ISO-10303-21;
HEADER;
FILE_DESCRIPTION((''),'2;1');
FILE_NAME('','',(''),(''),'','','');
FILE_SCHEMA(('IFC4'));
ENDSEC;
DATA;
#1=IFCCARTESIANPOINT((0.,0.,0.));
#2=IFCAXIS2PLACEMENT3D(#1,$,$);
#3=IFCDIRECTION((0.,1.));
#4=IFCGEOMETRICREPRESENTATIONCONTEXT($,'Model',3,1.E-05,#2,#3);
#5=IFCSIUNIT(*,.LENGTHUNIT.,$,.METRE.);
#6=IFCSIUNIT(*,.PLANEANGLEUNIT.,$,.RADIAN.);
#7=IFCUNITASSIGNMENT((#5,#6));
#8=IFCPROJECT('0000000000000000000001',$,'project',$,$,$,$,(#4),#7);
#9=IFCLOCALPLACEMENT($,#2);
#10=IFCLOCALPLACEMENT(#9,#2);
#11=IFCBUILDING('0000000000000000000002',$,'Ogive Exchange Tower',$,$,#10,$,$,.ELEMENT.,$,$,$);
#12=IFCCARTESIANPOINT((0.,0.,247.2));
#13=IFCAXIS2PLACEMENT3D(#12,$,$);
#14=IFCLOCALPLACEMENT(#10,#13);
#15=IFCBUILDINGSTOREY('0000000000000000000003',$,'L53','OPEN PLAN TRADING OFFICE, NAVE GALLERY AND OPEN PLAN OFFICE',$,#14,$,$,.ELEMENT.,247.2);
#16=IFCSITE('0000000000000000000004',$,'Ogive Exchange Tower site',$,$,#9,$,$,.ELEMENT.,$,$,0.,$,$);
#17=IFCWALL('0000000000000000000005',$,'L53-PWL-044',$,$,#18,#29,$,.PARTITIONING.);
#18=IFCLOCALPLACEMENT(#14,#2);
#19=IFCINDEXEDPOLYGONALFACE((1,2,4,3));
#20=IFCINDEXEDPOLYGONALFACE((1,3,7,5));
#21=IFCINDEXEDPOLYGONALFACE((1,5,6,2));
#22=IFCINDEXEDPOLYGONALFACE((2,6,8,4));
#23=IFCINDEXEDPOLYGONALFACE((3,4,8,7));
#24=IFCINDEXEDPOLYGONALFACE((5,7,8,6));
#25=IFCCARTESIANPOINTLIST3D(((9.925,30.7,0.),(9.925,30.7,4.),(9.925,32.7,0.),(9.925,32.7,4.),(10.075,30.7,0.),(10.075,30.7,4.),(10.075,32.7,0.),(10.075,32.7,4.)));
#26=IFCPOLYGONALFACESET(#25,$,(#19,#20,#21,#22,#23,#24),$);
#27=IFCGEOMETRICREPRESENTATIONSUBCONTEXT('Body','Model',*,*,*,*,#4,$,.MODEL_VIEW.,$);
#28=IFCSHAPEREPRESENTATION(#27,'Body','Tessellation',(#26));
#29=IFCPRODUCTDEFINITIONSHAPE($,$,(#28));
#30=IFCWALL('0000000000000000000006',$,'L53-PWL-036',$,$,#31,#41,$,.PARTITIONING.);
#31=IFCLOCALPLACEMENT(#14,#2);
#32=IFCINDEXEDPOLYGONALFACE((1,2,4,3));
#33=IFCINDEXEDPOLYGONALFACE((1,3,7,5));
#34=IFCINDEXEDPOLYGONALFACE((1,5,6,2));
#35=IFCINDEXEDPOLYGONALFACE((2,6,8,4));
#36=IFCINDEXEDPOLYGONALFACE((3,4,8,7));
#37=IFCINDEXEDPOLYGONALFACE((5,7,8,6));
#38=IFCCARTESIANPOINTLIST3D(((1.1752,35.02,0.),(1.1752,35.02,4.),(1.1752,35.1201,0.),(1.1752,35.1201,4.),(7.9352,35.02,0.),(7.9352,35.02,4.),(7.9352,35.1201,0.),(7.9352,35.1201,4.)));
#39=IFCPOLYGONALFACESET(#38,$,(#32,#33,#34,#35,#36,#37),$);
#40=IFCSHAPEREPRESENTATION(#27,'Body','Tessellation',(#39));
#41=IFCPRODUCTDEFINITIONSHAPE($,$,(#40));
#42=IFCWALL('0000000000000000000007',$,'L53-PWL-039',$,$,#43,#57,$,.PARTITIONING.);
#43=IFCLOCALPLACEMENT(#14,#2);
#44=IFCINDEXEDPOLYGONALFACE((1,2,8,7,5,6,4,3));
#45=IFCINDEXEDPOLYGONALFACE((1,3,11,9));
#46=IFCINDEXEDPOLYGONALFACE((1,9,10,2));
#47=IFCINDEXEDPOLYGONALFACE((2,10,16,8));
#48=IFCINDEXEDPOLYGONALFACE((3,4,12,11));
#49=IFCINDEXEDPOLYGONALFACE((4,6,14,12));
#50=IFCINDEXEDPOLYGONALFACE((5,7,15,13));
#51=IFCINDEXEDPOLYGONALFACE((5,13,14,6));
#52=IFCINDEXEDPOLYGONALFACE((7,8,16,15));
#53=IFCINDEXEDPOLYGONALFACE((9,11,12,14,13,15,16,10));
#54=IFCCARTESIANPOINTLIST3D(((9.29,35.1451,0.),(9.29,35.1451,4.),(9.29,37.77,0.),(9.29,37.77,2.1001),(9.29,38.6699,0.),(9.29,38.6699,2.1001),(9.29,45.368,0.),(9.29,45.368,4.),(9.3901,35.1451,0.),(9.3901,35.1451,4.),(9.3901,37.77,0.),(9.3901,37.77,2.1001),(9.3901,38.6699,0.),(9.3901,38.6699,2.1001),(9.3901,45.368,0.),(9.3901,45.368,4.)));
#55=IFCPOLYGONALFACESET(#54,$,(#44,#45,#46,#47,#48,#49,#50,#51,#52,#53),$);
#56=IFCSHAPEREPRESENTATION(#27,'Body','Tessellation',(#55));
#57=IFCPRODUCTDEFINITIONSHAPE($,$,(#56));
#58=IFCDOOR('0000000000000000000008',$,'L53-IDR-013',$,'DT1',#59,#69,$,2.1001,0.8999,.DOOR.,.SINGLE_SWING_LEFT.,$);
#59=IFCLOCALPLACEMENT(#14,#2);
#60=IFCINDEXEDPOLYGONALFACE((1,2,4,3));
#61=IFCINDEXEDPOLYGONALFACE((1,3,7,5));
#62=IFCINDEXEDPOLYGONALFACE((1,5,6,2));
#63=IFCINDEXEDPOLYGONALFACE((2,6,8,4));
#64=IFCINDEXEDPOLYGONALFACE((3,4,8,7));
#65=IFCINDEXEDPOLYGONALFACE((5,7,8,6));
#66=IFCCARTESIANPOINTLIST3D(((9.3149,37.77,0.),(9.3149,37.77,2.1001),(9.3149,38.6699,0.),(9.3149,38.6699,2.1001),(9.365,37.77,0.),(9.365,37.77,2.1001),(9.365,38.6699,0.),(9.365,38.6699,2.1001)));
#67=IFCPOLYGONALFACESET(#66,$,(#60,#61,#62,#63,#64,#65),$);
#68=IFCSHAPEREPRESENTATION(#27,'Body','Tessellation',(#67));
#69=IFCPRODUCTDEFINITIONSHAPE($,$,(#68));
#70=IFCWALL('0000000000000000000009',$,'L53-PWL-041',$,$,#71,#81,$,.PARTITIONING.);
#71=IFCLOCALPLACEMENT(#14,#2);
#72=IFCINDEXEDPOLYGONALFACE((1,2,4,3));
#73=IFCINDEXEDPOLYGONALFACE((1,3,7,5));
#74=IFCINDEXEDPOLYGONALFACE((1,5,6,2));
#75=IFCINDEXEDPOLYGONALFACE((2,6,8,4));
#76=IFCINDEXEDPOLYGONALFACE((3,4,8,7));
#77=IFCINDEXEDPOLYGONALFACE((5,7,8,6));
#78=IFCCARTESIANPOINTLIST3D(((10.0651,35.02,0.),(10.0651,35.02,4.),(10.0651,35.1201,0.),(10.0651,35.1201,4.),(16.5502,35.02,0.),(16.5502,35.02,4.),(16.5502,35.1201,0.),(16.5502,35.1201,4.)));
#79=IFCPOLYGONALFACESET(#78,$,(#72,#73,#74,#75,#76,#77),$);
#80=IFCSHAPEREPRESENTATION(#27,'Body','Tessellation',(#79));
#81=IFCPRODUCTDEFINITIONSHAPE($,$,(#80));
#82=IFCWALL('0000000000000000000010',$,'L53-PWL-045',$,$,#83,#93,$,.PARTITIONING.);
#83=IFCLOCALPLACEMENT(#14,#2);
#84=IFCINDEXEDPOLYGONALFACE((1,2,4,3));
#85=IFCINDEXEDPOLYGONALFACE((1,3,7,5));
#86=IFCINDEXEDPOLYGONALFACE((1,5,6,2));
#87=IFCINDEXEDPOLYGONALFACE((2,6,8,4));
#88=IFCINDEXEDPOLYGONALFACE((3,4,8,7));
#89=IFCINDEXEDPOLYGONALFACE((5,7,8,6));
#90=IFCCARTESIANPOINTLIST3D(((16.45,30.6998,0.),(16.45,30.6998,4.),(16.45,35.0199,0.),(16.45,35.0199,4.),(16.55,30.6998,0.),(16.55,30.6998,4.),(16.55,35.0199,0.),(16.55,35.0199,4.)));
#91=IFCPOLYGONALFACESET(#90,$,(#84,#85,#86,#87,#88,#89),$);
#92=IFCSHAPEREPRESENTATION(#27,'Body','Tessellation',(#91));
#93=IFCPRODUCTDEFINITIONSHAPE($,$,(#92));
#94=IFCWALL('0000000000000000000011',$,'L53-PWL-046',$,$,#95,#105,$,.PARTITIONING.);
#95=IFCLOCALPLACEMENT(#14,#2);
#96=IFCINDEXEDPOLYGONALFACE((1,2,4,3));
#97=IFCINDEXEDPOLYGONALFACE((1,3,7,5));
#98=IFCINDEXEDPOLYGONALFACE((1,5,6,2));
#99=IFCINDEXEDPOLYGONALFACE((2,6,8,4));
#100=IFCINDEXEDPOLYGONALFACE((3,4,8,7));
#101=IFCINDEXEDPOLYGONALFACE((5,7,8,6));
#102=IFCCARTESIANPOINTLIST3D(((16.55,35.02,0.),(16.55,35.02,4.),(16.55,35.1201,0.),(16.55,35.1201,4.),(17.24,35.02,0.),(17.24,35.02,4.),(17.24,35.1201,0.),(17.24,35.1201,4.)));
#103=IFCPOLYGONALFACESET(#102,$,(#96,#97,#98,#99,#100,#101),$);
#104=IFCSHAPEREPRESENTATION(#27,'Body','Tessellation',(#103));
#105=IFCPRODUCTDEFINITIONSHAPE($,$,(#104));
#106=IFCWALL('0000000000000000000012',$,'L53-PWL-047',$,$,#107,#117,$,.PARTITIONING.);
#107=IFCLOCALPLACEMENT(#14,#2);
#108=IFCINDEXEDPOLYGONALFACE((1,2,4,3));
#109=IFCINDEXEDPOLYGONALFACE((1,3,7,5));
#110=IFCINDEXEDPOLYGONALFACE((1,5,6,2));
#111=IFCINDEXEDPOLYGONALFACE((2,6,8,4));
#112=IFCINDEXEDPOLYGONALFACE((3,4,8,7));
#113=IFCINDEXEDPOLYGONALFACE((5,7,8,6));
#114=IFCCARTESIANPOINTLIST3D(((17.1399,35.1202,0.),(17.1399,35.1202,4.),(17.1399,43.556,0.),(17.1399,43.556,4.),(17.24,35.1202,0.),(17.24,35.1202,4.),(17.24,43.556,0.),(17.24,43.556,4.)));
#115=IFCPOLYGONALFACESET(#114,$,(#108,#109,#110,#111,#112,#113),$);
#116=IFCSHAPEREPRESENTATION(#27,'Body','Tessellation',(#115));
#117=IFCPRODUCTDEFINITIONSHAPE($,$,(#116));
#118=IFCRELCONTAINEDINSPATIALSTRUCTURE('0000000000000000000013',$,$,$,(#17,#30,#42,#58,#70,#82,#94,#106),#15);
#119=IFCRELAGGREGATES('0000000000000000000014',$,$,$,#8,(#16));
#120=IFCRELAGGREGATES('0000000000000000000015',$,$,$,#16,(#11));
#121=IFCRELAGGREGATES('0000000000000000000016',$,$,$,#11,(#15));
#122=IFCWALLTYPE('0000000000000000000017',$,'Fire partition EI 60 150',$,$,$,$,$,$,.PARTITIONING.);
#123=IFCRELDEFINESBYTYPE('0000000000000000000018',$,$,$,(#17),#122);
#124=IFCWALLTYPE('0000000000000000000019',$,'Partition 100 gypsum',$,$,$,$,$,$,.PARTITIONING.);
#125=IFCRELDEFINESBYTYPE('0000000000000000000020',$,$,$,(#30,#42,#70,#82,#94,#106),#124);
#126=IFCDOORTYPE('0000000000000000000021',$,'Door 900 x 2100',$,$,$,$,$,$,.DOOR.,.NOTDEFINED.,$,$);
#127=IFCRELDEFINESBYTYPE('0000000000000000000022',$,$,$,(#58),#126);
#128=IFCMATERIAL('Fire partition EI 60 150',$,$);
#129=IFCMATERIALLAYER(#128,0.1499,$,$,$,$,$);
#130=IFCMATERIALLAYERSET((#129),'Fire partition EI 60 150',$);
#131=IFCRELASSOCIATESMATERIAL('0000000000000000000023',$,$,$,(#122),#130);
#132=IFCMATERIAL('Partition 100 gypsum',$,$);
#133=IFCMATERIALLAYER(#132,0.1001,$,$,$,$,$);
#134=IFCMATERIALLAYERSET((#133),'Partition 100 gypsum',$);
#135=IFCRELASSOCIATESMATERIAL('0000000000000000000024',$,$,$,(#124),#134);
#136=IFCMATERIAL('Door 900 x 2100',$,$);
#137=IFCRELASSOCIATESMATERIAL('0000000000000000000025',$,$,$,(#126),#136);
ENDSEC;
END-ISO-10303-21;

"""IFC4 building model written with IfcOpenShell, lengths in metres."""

from ifc_helpers import new_model, si_unit, direction, frame, frame_2d, origin, place, context, subcontext, project, spatial, rectangle, extrude, material, layer, layer_set, type_object, element, fill, save


model = new_model("IFC4")

# Units and contexts
model_context = context("Model", 3, precision=1e-05, world=origin(), true_north=direction((0.0, 1.0)))
body_context = subcontext(model_context, "Body", "Model", "MODEL_VIEW")
ifc_project = project(units=[si_unit("LENGTHUNIT", "METRE"), si_unit("PLANEANGLEUNIT", "RADIAN")], contexts=[model_context])

# Site, building, storey
site_placement = place(None, origin())
site = spatial("IfcSite", under=ifc_project, at=site_placement, Name="Ogive Exchange Tower site", CompositionType="ELEMENT", RefElevation=0.0)
building_placement = place(site_placement, origin())
building = spatial("IfcBuilding", under=site, at=building_placement, Name="Ogive Exchange Tower", CompositionType="ELEMENT")
storey_placement = place(building_placement, frame((0.0, 0.0, 247.2)))
storey = spatial("IfcBuildingStorey", under=building, at=storey_placement, Name="L53", Description="OPEN PLAN TRADING OFFICE, NAVE GALLERY AND OPEN PLAN OFFICE", CompositionType="ELEMENT", Elevation=247.2)

# Shared definitions
ifc_material_1 = material(Name="Fire partition EI 60 150")
ifc_layer_1 = layer(ifc_material_1, 0.1499)
ifc_layer_set_1 = layer_set([ifc_layer_1], Name="Fire partition EI 60 150")
wall_type_1 = type_object("IfcWallType", Name="Fire partition EI 60 150", PredefinedType="PARTITIONING", material=ifc_layer_set_1)

# Walls
wall_1_placement = place(storey_placement, frame((10.0, 32.7, 0.0), z_axis=(0.0, 0.0, 1.0), x_axis=(0.0, -1.0, 0.0)))
element("IfcWall", 1, at=wall_1_placement, inside=storey, type_object=wall_type_1, Name="L53-PWL-044", PredefinedType="PARTITIONING", context=body_context, shape_type="SweptSolid", body=[
    extrude(rectangle(XDim=2.0, YDim=0.1499, at=frame_2d((1.0, 0.0))), origin(), (0.0, 0.0, 1.0), 4.0),
])
ifc_material_2 = material(Name="Partition 100 gypsum")
ifc_layer_2 = layer(ifc_material_2, 0.1001)
ifc_layer_set_2 = layer_set([ifc_layer_2], Name="Partition 100 gypsum")
wall_type_2 = type_object("IfcWallType", Name="Partition 100 gypsum", PredefinedType="PARTITIONING", material=ifc_layer_set_2)
wall_2_placement = place(storey_placement, frame((7.9351, 35.0701, 0.0), z_axis=(0.0, 0.0, 1.0), x_axis=(-1.0, 0.0, 0.0)))
element("IfcWall", 2, at=wall_2_placement, inside=storey, type_object=wall_type_2, Name="L53-PWL-036", PredefinedType="PARTITIONING", context=body_context, shape_type="SweptSolid", body=[
    extrude(rectangle(XDim=6.76, YDim=0.1001, at=frame_2d((3.3799, 0.0))), origin(), (0.0, 0.0, 1.0), 4.0),
])

# Wall, opening, door
wall_3_placement = place(storey_placement, frame((9.3401, 45.3679, 0.0), z_axis=(0.0, 0.0, 1.0), x_axis=(0.0, -1.0, 0.0)))
wall_3 = element("IfcWall", 3, at=wall_3_placement, inside=storey, type_object=wall_type_2, Name="L53-PWL-039", PredefinedType="PARTITIONING", context=body_context, shape_type="SweptSolid", body=[
    extrude(rectangle(XDim=10.2229, YDim=0.1001, at=frame_2d((5.1113, 0.0))), origin(), (0.0, 0.0, 1.0), 4.0),
])
opening_1_placement = place(wall_3_placement, frame((6.698, 0.0, 0.0)))
opening_1 = element("IfcOpeningElement", 4, at=opening_1_placement, cuts=wall_3, PredefinedType="OPENING", context=body_context, shape_type="SweptSolid", body=[
    extrude(rectangle(XDim=0.8999, YDim=2.1001, at=frame_2d((0.45, 1.05))), frame((0.0, 0.0601, 0.0), z_axis=(0.0, -1.0, 0.0), x_axis=(1.0, 0.0, 0.0)), (0.0, 0.0, 1.0), 0.1201),
])
ifc_material_3 = material(Name="Door 900 x 2100")
door_type_1 = type_object("IfcDoorType", Name="Door 900 x 2100", OperationType="NOTDEFINED", PredefinedType="DOOR", material=ifc_material_3)
door_1_placement = place(opening_1_placement, origin())
door_1 = element("IfcDoor", 5, at=door_1_placement, inside=storey, type_object=door_type_1, Name="L53-IDR-013", ObjectType="DT1", OperationType="SINGLE_SWING_LEFT", OverallHeight=2.1001, OverallWidth=0.8999, PredefinedType="DOOR", context=body_context, shape_type="SweptSolid", body=[
    extrude(rectangle(XDim=0.8999, YDim=2.1001, at=frame_2d((0.45, 1.05))), frame((0.0, 0.0249, 0.0), z_axis=(0.0, -1.0, 0.0), x_axis=(1.0, 0.0, 0.0)), (0.0, 0.0, 1.0), 0.05),
])
fill(opening_1, door_1)

# Walls
wall_4_placement = place(storey_placement, frame((10.0649, 35.0701, 0.0), z_axis=(0.0, 0.0, 1.0), x_axis=(1.0, 0.0, 0.0)))
element("IfcWall", 6, at=wall_4_placement, inside=storey, type_object=wall_type_2, Name="L53-PWL-041", PredefinedType="PARTITIONING", context=body_context, shape_type="SweptSolid", body=[
    extrude(rectangle(XDim=6.4851, YDim=0.1001, at=frame_2d((3.2427, 0.0))), origin(), (0.0, 0.0, 1.0), 4.0),
])
wall_5_placement = place(storey_placement, frame((16.5, 35.02, 0.0), z_axis=(0.0, 0.0, 1.0), x_axis=(0.0, -1.0, 0.0)))
element("IfcWall", 7, at=wall_5_placement, inside=storey, type_object=wall_type_2, Name="L53-PWL-045", PredefinedType="PARTITIONING", context=body_context, shape_type="SweptSolid", body=[
    extrude(rectangle(XDim=4.3201, YDim=0.1001, at=frame_2d((2.1602, 0.0))), origin(), (0.0, 0.0, 1.0), 4.0),
])
wall_6_placement = place(storey_placement, frame((17.24, 35.0701, 0.0), z_axis=(0.0, 0.0, 1.0), x_axis=(-1.0, 0.0, 0.0)))
element("IfcWall", 8, at=wall_6_placement, inside=storey, type_object=wall_type_2, Name="L53-PWL-046", PredefinedType="PARTITIONING", context=body_context, shape_type="SweptSolid", body=[
    extrude(rectangle(XDim=0.6899, YDim=0.1001, at=frame_2d((0.345, 0.0))), origin(), (0.0, 0.0, 1.0), 4.0),
])
wall_7_placement = place(storey_placement, frame((17.1899, 43.5559, 0.0), z_axis=(0.0, 0.0, 1.0), x_axis=(0.0, -1.0, 0.0)))
element("IfcWall", 9, at=wall_7_placement, inside=storey, type_object=wall_type_2, Name="L53-PWL-047", PredefinedType="PARTITIONING", context=body_context, shape_type="SweptSolid", body=[
    extrude(rectangle(XDim=8.4358, YDim=0.1001, at=frame_2d((4.2178, 0.0))), origin(), (0.0, 0.0, 1.0), 4.0),
])

save(model, "model.ifc")
